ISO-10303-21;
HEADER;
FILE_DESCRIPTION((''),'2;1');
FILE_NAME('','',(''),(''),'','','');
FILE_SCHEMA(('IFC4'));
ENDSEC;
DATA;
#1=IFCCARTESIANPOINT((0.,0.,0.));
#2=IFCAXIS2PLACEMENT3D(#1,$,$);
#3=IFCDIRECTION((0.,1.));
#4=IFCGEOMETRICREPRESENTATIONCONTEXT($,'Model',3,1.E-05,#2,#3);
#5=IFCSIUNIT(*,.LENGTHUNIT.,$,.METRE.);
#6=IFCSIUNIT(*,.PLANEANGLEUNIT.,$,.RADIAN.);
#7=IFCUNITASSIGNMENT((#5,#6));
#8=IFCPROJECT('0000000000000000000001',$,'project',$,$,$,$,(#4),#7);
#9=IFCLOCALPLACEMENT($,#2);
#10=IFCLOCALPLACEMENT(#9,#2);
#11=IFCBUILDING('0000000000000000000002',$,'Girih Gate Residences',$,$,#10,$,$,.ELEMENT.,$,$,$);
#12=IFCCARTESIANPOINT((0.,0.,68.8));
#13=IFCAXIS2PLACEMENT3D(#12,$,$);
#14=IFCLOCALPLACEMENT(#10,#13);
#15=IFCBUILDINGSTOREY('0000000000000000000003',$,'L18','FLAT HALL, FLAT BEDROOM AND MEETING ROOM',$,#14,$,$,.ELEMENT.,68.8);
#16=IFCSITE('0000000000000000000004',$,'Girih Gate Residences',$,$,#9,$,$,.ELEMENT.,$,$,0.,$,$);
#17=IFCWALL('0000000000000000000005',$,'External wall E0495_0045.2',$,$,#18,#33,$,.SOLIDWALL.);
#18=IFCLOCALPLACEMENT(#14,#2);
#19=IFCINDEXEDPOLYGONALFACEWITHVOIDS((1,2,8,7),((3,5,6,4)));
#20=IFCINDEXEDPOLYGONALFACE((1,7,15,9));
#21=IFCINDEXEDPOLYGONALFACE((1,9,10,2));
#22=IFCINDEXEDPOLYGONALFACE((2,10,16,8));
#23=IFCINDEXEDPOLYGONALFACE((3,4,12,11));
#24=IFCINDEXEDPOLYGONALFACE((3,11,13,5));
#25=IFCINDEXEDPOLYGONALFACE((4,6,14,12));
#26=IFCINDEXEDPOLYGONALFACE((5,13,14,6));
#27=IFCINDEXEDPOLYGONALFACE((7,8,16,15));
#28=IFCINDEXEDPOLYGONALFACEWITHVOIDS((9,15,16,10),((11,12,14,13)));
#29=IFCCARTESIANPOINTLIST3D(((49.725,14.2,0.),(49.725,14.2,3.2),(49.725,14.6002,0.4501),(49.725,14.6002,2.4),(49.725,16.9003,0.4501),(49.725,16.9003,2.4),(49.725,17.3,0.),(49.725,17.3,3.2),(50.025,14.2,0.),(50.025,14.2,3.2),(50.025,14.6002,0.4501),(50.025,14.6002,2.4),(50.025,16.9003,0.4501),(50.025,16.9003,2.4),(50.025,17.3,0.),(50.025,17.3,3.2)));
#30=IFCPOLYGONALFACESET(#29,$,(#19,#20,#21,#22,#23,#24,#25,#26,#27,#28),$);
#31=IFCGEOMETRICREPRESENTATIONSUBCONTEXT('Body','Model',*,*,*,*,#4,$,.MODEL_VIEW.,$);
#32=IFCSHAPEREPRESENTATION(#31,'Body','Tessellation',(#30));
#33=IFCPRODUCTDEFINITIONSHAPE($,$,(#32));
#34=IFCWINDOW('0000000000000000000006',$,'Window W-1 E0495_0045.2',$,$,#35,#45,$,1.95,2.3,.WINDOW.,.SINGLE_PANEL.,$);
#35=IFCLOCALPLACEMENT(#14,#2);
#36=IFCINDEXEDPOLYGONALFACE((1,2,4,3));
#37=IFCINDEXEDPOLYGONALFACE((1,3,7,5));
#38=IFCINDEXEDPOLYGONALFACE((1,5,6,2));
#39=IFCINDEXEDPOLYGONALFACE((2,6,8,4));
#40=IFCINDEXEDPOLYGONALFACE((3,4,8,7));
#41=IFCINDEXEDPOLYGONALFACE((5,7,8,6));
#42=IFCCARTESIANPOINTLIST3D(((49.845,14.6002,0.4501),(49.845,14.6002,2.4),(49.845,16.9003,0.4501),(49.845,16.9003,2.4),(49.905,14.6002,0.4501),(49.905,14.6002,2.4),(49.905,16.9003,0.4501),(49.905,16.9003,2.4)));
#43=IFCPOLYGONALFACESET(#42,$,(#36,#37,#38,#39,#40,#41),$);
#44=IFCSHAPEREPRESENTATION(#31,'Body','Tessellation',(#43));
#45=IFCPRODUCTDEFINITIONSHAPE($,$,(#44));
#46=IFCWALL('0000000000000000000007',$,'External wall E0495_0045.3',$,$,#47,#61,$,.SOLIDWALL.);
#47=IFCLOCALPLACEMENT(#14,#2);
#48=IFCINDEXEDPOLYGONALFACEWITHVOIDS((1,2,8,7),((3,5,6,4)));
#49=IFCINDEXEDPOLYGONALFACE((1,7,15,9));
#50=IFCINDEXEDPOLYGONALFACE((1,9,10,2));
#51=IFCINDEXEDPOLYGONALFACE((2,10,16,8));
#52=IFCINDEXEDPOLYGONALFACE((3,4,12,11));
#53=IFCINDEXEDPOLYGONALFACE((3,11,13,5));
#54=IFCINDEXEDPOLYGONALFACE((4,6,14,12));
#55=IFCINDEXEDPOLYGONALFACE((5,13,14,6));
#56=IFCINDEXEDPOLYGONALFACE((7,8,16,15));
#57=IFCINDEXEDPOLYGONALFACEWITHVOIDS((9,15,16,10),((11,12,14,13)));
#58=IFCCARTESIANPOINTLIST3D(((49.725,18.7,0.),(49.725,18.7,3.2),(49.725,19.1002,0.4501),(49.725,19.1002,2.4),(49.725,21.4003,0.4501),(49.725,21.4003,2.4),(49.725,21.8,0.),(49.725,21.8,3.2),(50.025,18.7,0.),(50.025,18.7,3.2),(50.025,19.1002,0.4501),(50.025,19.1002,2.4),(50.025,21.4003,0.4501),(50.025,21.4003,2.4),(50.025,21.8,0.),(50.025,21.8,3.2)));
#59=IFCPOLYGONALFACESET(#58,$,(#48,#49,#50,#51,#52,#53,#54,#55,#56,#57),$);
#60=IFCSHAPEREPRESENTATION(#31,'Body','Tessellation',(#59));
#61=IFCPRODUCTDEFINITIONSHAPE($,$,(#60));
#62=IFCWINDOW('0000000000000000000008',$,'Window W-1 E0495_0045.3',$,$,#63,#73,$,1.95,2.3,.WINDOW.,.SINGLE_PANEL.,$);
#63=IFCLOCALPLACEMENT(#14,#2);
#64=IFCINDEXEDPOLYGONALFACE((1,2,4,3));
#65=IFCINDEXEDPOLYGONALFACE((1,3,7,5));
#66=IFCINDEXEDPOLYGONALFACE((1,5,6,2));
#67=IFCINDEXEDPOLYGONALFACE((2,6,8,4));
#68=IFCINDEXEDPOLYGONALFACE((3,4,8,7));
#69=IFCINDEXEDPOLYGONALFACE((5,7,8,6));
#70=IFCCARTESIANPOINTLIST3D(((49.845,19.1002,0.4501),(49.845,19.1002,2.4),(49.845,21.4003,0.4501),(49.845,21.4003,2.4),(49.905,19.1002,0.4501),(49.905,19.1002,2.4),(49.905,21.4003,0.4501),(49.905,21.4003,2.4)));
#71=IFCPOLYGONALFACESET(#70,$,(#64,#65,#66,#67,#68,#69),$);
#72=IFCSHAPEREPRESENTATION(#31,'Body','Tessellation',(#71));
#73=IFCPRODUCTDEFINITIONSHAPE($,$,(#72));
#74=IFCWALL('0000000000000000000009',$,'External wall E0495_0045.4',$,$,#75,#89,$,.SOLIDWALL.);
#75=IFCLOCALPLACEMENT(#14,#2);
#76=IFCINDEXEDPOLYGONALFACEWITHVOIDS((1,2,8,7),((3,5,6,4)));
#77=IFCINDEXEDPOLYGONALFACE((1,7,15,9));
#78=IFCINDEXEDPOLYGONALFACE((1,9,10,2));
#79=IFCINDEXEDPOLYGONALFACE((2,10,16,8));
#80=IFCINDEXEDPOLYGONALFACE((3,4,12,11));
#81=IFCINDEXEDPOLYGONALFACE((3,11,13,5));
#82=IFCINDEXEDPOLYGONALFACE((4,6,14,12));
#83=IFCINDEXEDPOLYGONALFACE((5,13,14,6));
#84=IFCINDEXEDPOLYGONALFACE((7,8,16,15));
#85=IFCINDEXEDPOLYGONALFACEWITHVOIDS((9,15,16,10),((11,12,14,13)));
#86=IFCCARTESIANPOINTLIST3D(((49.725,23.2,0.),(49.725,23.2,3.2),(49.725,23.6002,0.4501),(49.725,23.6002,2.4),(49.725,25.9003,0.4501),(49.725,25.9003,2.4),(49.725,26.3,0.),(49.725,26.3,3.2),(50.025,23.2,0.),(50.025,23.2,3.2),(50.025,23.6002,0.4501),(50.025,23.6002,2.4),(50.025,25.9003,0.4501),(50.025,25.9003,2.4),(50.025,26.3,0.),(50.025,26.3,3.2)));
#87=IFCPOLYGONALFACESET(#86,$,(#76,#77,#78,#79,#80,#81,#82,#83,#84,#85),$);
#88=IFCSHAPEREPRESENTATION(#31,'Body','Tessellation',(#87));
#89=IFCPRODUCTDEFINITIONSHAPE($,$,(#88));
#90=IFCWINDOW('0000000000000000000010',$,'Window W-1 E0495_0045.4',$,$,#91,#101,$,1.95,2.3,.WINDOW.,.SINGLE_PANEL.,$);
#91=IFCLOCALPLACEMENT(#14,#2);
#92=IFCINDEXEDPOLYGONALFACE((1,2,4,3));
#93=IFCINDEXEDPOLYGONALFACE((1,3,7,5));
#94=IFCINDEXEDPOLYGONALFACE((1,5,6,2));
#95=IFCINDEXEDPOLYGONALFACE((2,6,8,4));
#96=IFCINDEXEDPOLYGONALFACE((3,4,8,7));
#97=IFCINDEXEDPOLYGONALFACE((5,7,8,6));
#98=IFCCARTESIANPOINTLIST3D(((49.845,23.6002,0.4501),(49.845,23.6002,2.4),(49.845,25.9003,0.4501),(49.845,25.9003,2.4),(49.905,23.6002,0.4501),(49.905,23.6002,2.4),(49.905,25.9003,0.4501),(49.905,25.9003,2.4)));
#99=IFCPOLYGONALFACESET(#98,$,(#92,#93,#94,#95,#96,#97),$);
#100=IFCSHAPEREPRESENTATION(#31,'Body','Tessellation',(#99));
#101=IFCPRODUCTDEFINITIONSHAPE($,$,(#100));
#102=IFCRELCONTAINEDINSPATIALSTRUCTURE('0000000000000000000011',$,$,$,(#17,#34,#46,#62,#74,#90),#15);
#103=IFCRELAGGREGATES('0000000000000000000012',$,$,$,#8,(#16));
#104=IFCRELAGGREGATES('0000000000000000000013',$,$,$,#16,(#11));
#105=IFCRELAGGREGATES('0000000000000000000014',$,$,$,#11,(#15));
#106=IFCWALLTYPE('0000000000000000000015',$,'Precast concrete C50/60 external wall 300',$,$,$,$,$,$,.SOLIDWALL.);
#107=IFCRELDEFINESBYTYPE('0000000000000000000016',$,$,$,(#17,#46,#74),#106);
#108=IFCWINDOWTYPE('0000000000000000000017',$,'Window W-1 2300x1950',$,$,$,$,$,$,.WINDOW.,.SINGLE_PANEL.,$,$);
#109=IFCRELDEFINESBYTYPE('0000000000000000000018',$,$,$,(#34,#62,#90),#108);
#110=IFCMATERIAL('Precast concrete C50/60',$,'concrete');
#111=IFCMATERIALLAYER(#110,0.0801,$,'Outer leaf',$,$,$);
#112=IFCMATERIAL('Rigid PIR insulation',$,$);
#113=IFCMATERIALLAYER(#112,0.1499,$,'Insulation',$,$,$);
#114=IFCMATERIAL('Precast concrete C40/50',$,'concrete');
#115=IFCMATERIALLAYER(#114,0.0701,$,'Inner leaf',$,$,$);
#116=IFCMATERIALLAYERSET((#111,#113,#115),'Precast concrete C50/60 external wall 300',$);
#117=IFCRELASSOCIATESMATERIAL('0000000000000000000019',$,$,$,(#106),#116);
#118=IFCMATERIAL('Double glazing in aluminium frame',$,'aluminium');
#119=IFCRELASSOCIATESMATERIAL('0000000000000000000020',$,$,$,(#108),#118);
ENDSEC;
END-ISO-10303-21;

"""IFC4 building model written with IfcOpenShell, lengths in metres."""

from ifc_helpers import new_model, si_unit, direction, frame, frame_2d, origin, place, context, subcontext, project, spatial, rectangle, extrude, material, layer, layer_set, type_object, element, fill, save


model = new_model("IFC4")

# Units and contexts
model_context = context("Model", 3, precision=1e-05, world=origin(), true_north=direction((0.0, 1.0)))
body_context = subcontext(model_context, "Body", "Model", "MODEL_VIEW")
ifc_project = project(units=[si_unit("LENGTHUNIT", "METRE"), si_unit("PLANEANGLEUNIT", "RADIAN")], contexts=[model_context])

# Site, building, storey
site_placement = place(None, origin())
site = spatial("IfcSite", under=ifc_project, at=site_placement, Name="Girih Gate Residences", CompositionType="ELEMENT", RefElevation=0.0)
building_placement = place(site_placement, origin())
building = spatial("IfcBuilding", under=site, at=building_placement, Name="Girih Gate Residences", CompositionType="ELEMENT")
storey_placement = place(building_placement, frame((0.0, 0.0, 68.8)))
storey = spatial("IfcBuildingStorey", under=building, at=storey_placement, Name="L18", Description="FLAT HALL, FLAT BEDROOM AND MEETING ROOM", CompositionType="ELEMENT", Elevation=68.8)

# Walls, openings, windows
ifc_material_1 = material(Name="Precast concrete C50/60", Category="concrete")
ifc_layer_1 = layer(ifc_material_1, 0.0801, Name="Outer leaf")
ifc_material_2 = material(Name="Rigid PIR insulation")
ifc_layer_2 = layer(ifc_material_2, 0.1499, Name="Insulation")
ifc_material_3 = material(Name="Precast concrete C40/50", Category="concrete")
ifc_layer_3 = layer(ifc_material_3, 0.0701, Name="Inner leaf")
ifc_layer_set_1 = layer_set([ifc_layer_1, ifc_layer_2, ifc_layer_3], Name="Precast concrete C50/60 external wall 300")
wall_type_1 = type_object("IfcWallType", Name="Precast concrete C50/60 external wall 300", PredefinedType="SOLIDWALL", material=ifc_layer_set_1)
wall_1_placement = place(storey_placement, frame((49.875, 17.3, 0.0), z_axis=(0.0, 0.0, 1.0), x_axis=(0.0, -1.0, 0.0)))
wall_1 = element("IfcWall", 1, at=wall_1_placement, inside=storey, type_object=wall_type_1, Name="External wall E0495_0045.2", PredefinedType="SOLIDWALL", context=body_context, shape_type="SweptSolid", body=[
    extrude(rectangle(XDim=3.1001, YDim=0.3, at=frame_2d((1.55, 0.0))), origin(), (0.0, 0.0, 1.0), 3.2),
])
opening_1_placement = place(wall_1_placement, frame((0.3999, 0.0, 0.45)))
opening_1 = element("IfcOpeningElement", 2, at=opening_1_placement, cuts=wall_1, PredefinedType="OPENING", context=body_context, shape_type="SweptSolid", body=[
    extrude(rectangle(XDim=2.3, YDim=1.95, at=frame_2d((1.1499, 0.9751))), frame((0.0, 0.1599, 0.0), z_axis=(0.0, -1.0, 0.0), x_axis=(1.0, 0.0, 0.0)), (0.0, 0.0, 1.0), 0.3201),
])
ifc_material_4 = material(Name="Double glazing in aluminium frame", Category="aluminium")
window_type = type_object("IfcWindowType", Name="Window W-1 2300x1950", PartitioningType="SINGLE_PANEL", PredefinedType="WINDOW", material=ifc_material_4)
window_1_placement = place(opening_1_placement, origin())
window_1 = element("IfcWindow", 3, at=window_1_placement, inside=storey, type_object=window_type, Name="Window W-1 E0495_0045.2", OverallHeight=1.95, OverallWidth=2.3, PartitioningType="SINGLE_PANEL", PredefinedType="WINDOW", context=body_context, shape_type="SweptSolid", body=[
    extrude(rectangle(XDim=2.3, YDim=1.95, at=frame_2d((1.1499, 0.9751))), frame((0.0, 0.03, 0.0), z_axis=(0.0, -1.0, 0.0), x_axis=(1.0, 0.0, 0.0)), (0.0, 0.0, 1.0), 0.0601),
])
fill(opening_1, window_1)
wall_2_placement = place(storey_placement, frame((49.875, 21.8, 0.0), z_axis=(0.0, 0.0, 1.0), x_axis=(0.0, -1.0, 0.0)))
wall_2 = element("IfcWall", 4, at=wall_2_placement, inside=storey, type_object=wall_type_1, Name="External wall E0495_0045.3", PredefinedType="SOLIDWALL", context=body_context, shape_type="SweptSolid", body=[
    extrude(rectangle(XDim=3.1001, YDim=0.3, at=frame_2d((1.55, 0.0))), origin(), (0.0, 0.0, 1.0), 3.2),
])
opening_2_placement = place(wall_2_placement, frame((0.3999, 0.0, 0.45)))
opening_2 = element("IfcOpeningElement", 5, at=opening_2_placement, cuts=wall_2, PredefinedType="OPENING", context=body_context, shape_type="SweptSolid", body=[
    extrude(rectangle(XDim=2.3, YDim=1.95, at=frame_2d((1.1499, 0.9751))), frame((0.0, 0.1599, 0.0), z_axis=(0.0, -1.0, 0.0), x_axis=(1.0, 0.0, 0.0)), (0.0, 0.0, 1.0), 0.3201),
])
window_2_placement = place(opening_2_placement, origin())
window_2 = element("IfcWindow", 6, at=window_2_placement, inside=storey, type_object=window_type, Name="Window W-1 E0495_0045.3", OverallHeight=1.95, OverallWidth=2.3, PartitioningType="SINGLE_PANEL", PredefinedType="WINDOW", context=body_context, shape_type="SweptSolid", body=[
    extrude(rectangle(XDim=2.3, YDim=1.95, at=frame_2d((1.1499, 0.9751))), frame((0.0, 0.03, 0.0), z_axis=(0.0, -1.0, 0.0), x_axis=(1.0, 0.0, 0.0)), (0.0, 0.0, 1.0), 0.0601),
])
fill(opening_2, window_2)
wall_3_placement = place(storey_placement, frame((49.875, 26.3, 0.0), z_axis=(0.0, 0.0, 1.0), x_axis=(0.0, -1.0, 0.0)))
wall_3 = element("IfcWall", 7, at=wall_3_placement, inside=storey, type_object=wall_type_1, Name="External wall E0495_0045.4", PredefinedType="SOLIDWALL", context=body_context, shape_type="SweptSolid", body=[
    extrude(rectangle(XDim=3.1001, YDim=0.3, at=frame_2d((1.55, 0.0))), origin(), (0.0, 0.0, 1.0), 3.2),
])
opening_3_placement = place(wall_3_placement, frame((0.3999, 0.0, 0.45)))
opening_3 = element("IfcOpeningElement", 8, at=opening_3_placement, cuts=wall_3, PredefinedType="OPENING", context=body_context, shape_type="SweptSolid", body=[
    extrude(rectangle(XDim=2.3, YDim=1.95, at=frame_2d((1.1499, 0.9751))), frame((0.0, 0.1599, 0.0), z_axis=(0.0, -1.0, 0.0), x_axis=(1.0, 0.0, 0.0)), (0.0, 0.0, 1.0), 0.3201),
])
window_3_placement = place(opening_3_placement, origin())
window_3 = element("IfcWindow", 9, at=window_3_placement, inside=storey, type_object=window_type, Name="Window W-1 E0495_0045.4", OverallHeight=1.95, OverallWidth=2.3, PartitioningType="SINGLE_PANEL", PredefinedType="WINDOW", context=body_context, shape_type="SweptSolid", body=[
    extrude(rectangle(XDim=2.3, YDim=1.95, at=frame_2d((1.1499, 0.9751))), frame((0.0, 0.03, 0.0), z_axis=(0.0, -1.0, 0.0), x_axis=(1.0, 0.0, 0.0)), (0.0, 0.0, 1.0), 0.0601),
])
fill(opening_3, window_3)

save(model, "model.ifc")
